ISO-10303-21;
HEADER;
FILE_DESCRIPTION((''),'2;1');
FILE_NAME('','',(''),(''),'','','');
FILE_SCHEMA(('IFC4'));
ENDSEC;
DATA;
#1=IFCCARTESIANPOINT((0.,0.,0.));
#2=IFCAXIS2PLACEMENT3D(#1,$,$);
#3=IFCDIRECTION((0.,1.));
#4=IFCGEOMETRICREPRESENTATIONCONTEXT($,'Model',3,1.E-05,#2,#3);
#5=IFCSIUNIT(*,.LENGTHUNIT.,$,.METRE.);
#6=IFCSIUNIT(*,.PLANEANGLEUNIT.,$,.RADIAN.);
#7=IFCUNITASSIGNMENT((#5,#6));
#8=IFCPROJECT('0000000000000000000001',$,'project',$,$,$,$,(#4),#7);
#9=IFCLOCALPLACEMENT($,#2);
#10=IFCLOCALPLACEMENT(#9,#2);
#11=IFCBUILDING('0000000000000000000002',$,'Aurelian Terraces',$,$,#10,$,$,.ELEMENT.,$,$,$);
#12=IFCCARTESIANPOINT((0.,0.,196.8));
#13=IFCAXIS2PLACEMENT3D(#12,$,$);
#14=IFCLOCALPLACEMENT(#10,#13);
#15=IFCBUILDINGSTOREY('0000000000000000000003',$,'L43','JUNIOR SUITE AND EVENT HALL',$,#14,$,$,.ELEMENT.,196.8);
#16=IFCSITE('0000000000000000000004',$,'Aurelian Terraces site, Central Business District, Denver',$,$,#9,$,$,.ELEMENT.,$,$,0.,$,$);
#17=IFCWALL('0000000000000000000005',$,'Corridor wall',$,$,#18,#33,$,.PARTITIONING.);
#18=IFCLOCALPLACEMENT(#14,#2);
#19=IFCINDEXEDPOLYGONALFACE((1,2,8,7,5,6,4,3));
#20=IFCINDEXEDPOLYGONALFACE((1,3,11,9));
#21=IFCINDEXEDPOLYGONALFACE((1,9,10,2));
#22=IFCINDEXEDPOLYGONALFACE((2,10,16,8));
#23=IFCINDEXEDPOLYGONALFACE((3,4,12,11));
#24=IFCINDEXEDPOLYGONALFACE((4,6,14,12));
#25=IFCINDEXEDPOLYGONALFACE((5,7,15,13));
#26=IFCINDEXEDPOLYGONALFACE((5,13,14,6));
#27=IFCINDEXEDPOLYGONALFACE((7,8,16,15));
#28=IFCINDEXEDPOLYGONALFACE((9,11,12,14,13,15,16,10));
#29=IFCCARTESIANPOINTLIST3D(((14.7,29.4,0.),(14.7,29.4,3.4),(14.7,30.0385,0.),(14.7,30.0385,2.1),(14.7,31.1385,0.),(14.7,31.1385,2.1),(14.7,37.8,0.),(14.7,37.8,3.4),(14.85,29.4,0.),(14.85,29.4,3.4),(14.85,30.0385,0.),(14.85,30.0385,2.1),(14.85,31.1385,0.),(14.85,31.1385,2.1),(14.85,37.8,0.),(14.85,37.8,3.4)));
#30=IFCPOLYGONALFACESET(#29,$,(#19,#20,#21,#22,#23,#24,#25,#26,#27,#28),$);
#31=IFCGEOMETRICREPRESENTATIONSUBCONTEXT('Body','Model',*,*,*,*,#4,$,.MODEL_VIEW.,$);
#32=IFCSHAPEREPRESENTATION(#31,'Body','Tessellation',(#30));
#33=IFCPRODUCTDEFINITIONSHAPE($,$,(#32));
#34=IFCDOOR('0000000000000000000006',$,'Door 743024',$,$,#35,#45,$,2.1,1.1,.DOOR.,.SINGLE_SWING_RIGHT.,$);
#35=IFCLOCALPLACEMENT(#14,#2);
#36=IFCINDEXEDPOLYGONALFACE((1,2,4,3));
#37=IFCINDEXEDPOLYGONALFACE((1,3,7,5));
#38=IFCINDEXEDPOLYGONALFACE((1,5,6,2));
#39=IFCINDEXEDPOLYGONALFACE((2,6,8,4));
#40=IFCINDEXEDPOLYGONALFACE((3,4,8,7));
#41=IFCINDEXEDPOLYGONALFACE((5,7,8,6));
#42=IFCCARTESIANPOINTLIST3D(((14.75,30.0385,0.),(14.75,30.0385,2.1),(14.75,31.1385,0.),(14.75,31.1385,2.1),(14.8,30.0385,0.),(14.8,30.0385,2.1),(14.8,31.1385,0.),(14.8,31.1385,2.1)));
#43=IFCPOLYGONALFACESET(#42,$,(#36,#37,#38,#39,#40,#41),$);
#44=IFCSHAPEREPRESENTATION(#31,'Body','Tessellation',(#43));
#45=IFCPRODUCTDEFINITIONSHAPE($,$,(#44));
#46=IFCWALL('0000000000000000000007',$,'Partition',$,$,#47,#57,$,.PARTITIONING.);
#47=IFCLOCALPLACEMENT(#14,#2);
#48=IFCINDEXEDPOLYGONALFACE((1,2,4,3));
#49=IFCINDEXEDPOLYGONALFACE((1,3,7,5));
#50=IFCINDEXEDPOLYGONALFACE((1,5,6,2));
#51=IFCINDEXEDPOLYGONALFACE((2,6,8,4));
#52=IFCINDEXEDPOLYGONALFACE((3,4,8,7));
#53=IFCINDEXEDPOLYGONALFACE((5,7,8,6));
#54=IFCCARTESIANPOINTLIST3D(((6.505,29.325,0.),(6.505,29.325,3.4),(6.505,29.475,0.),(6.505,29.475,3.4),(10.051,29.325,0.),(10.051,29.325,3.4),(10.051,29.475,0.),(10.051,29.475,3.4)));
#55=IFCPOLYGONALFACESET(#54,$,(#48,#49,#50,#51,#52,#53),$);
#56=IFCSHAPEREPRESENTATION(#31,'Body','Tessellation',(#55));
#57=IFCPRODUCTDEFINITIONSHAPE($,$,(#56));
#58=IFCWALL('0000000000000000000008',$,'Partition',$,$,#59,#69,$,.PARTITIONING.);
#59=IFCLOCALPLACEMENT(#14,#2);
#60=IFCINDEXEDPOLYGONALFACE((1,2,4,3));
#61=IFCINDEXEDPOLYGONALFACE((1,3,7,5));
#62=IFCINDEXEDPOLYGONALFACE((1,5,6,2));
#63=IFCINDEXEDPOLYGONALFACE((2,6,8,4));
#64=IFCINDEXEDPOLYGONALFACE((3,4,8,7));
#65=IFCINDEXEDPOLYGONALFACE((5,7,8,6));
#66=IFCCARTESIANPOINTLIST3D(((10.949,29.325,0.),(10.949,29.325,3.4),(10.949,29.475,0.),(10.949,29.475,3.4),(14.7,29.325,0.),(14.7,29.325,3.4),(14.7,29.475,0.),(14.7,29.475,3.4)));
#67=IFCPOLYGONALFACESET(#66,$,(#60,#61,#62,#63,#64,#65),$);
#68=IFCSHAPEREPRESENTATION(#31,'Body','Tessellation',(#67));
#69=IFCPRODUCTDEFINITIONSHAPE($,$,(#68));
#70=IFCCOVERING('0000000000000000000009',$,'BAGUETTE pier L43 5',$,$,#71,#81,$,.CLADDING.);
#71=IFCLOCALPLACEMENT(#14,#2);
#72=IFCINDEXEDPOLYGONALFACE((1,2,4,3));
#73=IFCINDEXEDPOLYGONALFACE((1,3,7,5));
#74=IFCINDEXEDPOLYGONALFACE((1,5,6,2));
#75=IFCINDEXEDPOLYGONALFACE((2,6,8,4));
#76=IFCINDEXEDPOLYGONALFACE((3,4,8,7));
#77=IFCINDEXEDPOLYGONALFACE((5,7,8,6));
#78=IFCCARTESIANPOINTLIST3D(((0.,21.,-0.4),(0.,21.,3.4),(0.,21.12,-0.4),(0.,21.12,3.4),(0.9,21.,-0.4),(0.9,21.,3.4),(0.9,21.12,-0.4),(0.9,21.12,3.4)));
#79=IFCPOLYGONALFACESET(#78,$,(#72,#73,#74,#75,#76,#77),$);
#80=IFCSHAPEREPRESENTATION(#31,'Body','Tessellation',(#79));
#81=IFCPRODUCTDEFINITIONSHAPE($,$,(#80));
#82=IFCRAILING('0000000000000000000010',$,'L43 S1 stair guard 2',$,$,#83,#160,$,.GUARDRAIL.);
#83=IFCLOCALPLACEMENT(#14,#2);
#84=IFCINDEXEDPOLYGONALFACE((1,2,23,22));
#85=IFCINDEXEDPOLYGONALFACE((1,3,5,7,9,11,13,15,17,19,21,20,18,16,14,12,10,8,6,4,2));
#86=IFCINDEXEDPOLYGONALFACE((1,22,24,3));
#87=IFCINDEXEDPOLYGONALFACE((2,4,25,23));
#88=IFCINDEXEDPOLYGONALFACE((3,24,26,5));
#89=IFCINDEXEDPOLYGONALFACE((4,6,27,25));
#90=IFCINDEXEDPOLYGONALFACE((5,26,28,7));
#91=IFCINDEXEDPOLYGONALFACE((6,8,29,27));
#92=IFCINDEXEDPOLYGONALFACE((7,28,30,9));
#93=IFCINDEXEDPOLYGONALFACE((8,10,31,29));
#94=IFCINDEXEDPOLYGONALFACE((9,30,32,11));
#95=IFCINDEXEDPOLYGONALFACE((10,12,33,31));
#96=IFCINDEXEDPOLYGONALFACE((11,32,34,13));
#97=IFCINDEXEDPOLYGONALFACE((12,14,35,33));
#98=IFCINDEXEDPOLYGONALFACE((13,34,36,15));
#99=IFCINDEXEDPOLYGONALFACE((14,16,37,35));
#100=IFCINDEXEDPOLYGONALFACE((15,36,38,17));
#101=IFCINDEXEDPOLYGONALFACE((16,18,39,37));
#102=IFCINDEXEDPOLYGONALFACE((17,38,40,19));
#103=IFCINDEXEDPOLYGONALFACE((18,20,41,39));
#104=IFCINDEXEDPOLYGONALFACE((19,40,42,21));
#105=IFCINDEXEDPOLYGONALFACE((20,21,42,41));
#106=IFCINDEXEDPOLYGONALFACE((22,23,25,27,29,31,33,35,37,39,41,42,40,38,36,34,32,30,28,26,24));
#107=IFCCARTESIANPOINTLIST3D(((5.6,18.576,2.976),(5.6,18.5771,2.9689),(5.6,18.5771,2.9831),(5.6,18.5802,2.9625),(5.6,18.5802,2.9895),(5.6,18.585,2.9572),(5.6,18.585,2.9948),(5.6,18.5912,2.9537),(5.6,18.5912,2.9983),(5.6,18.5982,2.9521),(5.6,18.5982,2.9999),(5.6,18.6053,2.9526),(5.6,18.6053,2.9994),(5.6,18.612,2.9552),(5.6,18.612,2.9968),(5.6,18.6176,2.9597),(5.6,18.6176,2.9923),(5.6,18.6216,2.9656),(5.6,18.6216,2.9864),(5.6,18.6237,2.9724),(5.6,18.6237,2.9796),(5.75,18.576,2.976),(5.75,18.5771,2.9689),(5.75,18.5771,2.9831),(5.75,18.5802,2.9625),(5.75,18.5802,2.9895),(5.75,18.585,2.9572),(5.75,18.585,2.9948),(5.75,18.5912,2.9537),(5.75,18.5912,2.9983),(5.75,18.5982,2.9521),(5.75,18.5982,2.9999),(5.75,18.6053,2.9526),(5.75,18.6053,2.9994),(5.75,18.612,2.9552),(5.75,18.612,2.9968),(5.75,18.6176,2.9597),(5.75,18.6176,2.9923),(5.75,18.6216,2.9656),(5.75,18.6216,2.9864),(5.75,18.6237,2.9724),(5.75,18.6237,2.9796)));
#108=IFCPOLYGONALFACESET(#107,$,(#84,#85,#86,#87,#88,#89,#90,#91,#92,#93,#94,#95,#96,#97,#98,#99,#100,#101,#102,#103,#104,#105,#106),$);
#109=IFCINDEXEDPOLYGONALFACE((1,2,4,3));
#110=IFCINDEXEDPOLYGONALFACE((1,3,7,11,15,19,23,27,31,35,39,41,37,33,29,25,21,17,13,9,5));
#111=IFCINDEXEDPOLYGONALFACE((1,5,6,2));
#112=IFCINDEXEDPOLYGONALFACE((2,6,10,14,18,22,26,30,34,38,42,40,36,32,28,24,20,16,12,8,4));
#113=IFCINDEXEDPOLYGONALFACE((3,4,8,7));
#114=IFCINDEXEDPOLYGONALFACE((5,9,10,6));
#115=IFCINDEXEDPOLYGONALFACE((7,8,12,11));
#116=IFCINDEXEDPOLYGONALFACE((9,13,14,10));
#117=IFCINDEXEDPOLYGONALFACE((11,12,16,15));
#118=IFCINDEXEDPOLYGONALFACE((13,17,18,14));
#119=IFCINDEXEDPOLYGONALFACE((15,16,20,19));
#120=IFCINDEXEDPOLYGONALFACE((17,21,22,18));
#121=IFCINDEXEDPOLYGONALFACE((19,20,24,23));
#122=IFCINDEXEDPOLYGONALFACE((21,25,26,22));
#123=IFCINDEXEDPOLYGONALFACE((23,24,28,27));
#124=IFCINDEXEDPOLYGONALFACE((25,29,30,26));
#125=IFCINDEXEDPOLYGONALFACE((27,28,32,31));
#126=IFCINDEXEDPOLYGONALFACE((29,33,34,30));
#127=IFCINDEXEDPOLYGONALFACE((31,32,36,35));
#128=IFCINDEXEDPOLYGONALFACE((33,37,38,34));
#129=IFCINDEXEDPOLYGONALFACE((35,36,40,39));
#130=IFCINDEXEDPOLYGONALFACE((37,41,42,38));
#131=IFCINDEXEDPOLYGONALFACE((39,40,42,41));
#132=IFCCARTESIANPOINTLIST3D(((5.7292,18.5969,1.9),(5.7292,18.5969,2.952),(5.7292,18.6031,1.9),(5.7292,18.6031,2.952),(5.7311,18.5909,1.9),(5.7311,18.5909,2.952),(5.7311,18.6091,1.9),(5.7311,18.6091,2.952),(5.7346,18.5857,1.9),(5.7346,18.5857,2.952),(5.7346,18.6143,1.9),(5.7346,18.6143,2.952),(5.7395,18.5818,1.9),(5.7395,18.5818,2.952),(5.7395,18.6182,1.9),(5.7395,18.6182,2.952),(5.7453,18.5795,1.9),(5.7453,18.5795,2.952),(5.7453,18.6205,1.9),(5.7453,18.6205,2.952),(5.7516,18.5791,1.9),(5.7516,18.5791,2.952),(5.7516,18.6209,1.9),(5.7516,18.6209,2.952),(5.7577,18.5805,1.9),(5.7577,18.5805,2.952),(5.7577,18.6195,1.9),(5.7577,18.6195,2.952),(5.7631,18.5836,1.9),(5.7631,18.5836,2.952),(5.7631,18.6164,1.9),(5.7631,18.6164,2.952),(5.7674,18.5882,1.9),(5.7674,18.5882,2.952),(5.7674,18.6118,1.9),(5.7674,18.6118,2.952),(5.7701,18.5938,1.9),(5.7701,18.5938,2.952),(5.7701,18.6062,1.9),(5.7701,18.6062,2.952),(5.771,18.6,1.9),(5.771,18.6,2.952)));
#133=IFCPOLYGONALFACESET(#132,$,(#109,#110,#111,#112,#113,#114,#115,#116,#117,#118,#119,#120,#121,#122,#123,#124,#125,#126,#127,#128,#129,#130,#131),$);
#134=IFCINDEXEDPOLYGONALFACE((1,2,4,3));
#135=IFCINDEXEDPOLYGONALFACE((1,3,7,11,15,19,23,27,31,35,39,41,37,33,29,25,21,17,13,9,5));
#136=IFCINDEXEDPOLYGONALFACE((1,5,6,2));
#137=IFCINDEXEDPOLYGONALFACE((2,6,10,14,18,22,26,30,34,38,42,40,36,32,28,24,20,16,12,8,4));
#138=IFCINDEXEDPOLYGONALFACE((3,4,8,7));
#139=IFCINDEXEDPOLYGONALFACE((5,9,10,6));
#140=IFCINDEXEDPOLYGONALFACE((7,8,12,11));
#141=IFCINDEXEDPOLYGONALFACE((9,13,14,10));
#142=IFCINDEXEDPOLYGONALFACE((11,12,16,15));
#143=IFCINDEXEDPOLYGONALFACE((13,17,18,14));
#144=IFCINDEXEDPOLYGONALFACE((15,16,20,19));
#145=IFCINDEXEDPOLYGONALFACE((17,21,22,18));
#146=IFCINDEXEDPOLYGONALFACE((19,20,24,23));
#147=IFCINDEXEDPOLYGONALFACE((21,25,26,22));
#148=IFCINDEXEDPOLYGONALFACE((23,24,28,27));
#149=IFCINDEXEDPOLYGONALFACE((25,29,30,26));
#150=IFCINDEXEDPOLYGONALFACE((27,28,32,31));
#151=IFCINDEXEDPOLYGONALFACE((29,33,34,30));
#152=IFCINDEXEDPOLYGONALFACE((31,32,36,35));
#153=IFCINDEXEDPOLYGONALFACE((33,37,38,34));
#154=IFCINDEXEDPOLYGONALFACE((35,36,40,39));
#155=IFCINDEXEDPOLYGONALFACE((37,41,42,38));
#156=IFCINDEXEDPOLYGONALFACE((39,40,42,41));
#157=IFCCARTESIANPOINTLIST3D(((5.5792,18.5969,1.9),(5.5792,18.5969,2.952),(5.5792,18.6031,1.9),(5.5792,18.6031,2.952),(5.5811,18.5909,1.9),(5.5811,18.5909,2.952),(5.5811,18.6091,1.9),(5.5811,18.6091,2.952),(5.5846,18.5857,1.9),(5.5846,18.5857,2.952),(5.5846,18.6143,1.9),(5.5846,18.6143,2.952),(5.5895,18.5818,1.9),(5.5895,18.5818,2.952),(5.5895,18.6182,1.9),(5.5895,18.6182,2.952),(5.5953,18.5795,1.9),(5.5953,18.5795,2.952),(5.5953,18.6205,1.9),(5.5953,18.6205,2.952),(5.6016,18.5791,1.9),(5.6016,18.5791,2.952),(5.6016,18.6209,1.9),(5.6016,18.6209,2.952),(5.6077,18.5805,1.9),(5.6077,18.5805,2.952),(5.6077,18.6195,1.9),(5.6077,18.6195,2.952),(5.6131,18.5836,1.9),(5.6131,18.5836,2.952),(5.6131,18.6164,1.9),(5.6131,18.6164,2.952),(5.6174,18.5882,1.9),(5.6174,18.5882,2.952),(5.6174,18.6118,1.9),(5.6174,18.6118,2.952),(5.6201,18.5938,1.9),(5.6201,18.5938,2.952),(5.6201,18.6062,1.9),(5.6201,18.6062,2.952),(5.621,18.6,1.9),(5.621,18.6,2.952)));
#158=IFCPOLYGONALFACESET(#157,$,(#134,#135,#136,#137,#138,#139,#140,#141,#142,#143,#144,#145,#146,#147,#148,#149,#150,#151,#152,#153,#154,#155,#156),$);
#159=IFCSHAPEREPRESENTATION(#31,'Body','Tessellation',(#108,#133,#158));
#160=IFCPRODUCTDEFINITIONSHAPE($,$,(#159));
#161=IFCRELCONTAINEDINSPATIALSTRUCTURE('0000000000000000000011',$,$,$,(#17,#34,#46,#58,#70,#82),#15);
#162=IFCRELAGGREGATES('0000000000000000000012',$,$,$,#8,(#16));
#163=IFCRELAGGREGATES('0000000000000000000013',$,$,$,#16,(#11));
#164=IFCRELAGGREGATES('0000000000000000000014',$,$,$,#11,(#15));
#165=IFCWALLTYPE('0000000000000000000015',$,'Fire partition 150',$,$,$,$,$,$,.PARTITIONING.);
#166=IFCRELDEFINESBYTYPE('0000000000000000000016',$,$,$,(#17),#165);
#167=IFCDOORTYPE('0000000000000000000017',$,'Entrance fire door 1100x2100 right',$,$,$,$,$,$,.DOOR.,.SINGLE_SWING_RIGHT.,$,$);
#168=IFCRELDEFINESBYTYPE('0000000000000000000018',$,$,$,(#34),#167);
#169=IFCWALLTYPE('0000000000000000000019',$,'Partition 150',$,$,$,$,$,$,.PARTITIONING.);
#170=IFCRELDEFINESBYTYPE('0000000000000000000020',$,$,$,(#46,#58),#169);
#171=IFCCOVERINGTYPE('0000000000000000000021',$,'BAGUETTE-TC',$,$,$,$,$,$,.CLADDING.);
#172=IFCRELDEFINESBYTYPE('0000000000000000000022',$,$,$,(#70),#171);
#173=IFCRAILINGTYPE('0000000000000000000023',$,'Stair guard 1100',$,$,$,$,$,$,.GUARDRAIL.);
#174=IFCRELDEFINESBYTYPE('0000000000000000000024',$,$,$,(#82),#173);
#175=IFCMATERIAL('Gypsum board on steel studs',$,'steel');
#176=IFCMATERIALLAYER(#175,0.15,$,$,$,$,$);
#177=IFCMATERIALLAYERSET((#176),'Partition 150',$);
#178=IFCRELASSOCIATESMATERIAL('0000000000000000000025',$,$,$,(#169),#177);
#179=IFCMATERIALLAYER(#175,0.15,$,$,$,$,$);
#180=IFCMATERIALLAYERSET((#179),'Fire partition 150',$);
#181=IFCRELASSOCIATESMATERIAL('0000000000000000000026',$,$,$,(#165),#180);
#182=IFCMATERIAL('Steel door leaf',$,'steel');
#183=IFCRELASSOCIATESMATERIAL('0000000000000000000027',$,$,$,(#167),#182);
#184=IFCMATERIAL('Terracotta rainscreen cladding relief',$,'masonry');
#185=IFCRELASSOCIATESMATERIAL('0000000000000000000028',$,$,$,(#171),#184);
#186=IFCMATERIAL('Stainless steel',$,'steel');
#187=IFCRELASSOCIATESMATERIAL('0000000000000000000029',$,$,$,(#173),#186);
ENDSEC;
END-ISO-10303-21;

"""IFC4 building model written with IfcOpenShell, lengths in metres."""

from ifc_helpers import new_model, si_unit, direction, frame, frame_2d, origin, origin_2d, place, context, subcontext, project, spatial, rectangle, circle, extrude, source, transform, mapped, material, layer, layer_set, type_object, element, fill, save


model = new_model("IFC4")

# Units and contexts
model_context = context("Model", 3, precision=1e-05, world=origin(), true_north=direction((0.0, 1.0)))
body_context = subcontext(model_context, "Body", "Model", "MODEL_VIEW")
ifc_project = project(units=[si_unit("LENGTHUNIT", "METRE"), si_unit("PLANEANGLEUNIT", "RADIAN")], contexts=[model_context])

# Site, building, storey
site_placement = place(None, origin())
site = spatial("IfcSite", under=ifc_project, at=site_placement, Name="Aurelian Terraces site, Central Business District, Denver", CompositionType="ELEMENT", RefElevation=0.0)
building_placement = place(site_placement, origin())
building = spatial("IfcBuilding", under=site, at=building_placement, Name="Aurelian Terraces", CompositionType="ELEMENT")
storey_placement = place(building_placement, frame((0.0, 0.0, 196.8)))
storey = spatial("IfcBuildingStorey", under=building, at=storey_placement, Name="L43", Description="JUNIOR SUITE AND EVENT HALL", CompositionType="ELEMENT", Elevation=196.8)

# Shared definitions
ifc_material_1 = material(Name="Gypsum board on steel studs", Category="steel")
ifc_layer_1 = layer(ifc_material_1, 0.15)
ifc_layer_set_1 = layer_set([ifc_layer_1], Name="Partition 150")
wall_type_1 = type_object("IfcWallType", Name="Partition 150", PredefinedType="PARTITIONING", material=ifc_layer_set_1)

# Shared definitions
ifc_material_2 = material(Name="Steel door leaf", Category="steel")

# Shared definitions
ifc_layer_2 = layer(ifc_material_1, 0.15)
ifc_layer_set_2 = layer_set([ifc_layer_2], Name="Fire partition 150")
wall_type_2 = type_object("IfcWallType", Name="Fire partition 150", PredefinedType="PARTITIONING", material=ifc_layer_set_2)

# Shared definitions
shared_shape_1 = source(origin(), body_context, "Body", "SweptSolid", [
    extrude(rectangle(XDim=8.4, YDim=0.15, at=frame_2d((4.2, 0.0))), origin(), (0.0, 0.0, 1.0), 3.4),
])
shared_shape_2 = source(origin(), body_context, "Body", "SweptSolid", [
    extrude(rectangle(XDim=1.1, YDim=2.1, at=frame_2d((0.55, 1.05))), frame((0.0, 0.085, 0.0), z_axis=(0.0, -1.0, 0.0), x_axis=(1.0, 0.0, 0.0)), (0.0, 0.0, 1.0), 0.17),
])
shared_shape_3 = source(origin(), body_context, "Body", "SweptSolid", [
    extrude(rectangle(XDim=1.1, YDim=2.1, at=frame_2d((0.55, 1.05))), frame((0.0, 0.025, 0.0), z_axis=(0.0, -1.0, 0.0), x_axis=(1.0, 0.0, 0.0)), (0.0, 0.0, 1.0), 0.05),
])

# Wall, opening, door
wall_1_placement = place(storey_placement, frame((14.775, 29.4, 0.0), z_axis=(0.0, 0.0, 1.0), x_axis=(0.0, 1.0, 0.0)))
wall_1 = element("IfcWall", 1, at=wall_1_placement, inside=storey, type_object=wall_type_2, Name="Corridor wall", PredefinedType="PARTITIONING", context=body_context, shape_type="MappedRepresentation", body=[
    mapped(shared_shape_1, transform((0.0, 0.0, 0.0), scale=1.0)),
])
opening_1_placement = place(wall_1_placement, frame((0.6385, 0.0, 0.0)))
opening_1 = element("IfcOpeningElement", 2, at=opening_1_placement, cuts=wall_1, PredefinedType="OPENING", context=body_context, shape_type="MappedRepresentation", body=[
    mapped(shared_shape_2, transform((0.0, 0.0, 0.0), scale=1.0)),
])
door_type_1 = type_object("IfcDoorType", Name="Entrance fire door 1100x2100 right", OperationType="SINGLE_SWING_RIGHT", PredefinedType="DOOR", material=ifc_material_2)
door_1_placement = place(opening_1_placement, origin())
door_1 = element("IfcDoor", 3, at=door_1_placement, inside=storey, type_object=door_type_1, Name="Door 743024", OperationType="SINGLE_SWING_RIGHT", OverallHeight=2.1, OverallWidth=1.1, PredefinedType="DOOR", context=body_context, shape_type="MappedRepresentation", body=[
    mapped(shared_shape_3, transform((0.0, 0.0, 0.0), scale=1.0)),
])
fill(opening_1, door_1)

# Walls
shared_shape_4 = source(origin(), body_context, "Body", "SweptSolid", [
    extrude(rectangle(XDim=3.546, YDim=0.15, at=frame_2d((1.773, 0.0))), origin(), (0.0, 0.0, 1.0), 3.4),
])
wall_2_placement = place(storey_placement, frame((10.051, 29.4, 0.0), z_axis=(0.0, 0.0, 1.0), x_axis=(-1.0, 0.0, 0.0)))
element("IfcWall", 4, at=wall_2_placement, inside=storey, type_object=wall_type_1, Name="Partition", PredefinedType="PARTITIONING", context=body_context, shape_type="MappedRepresentation", body=[
    mapped(shared_shape_4, transform((0.0, 0.0, 0.0), scale=1.0)),
])
shared_shape_5 = source(origin(), body_context, "Body", "SweptSolid", [
    extrude(rectangle(XDim=3.751, YDim=0.15, at=frame_2d((1.8755, 0.0))), origin(), (0.0, 0.0, 1.0), 3.4),
])
wall_3_placement = place(storey_placement, frame((14.7, 29.4, 0.0), z_axis=(0.0, 0.0, 1.0), x_axis=(-1.0, 0.0, 0.0)))
element("IfcWall", 5, at=wall_3_placement, inside=storey, type_object=wall_type_1, Name="Partition", PredefinedType="PARTITIONING", context=body_context, shape_type="MappedRepresentation", body=[
    mapped(shared_shape_5, transform((0.0, 0.0, 0.0), scale=1.0)),
])

# Covering
ifc_material_3 = material(Name="Terracotta rainscreen cladding relief", Category="masonry")
covering_type = type_object("IfcCoveringType", Name="BAGUETTE-TC", PredefinedType="CLADDING", material=ifc_material_3)
shared_shape_6 = source(origin(), body_context, "Body", "SweptSolid", [
    extrude(rectangle(XDim=0.9, YDim=0.12, at=origin_2d()), origin(), (0.0, 0.0, 1.0), 3.8),
])
covering_placement = place(storey_placement, frame((0.45, 21.06, -0.4), z_axis=(0.0, 0.0, 1.0), x_axis=(1.0, 0.0, 0.0)))
element("IfcCovering", 6, at=covering_placement, inside=storey, type_object=covering_type, Name="BAGUETTE pier L43 5", PredefinedType="CLADDING", context=body_context, shape_type="MappedRepresentation", body=[
    mapped(shared_shape_6, transform((0.0, 0.0, 0.0), scale=1.0)),
])

# Railing
ifc_material_4 = material(Name="Stainless steel", Category="steel")
railing_type = type_object("IfcRailingType", Name="Stair guard 1100", PredefinedType="GUARDRAIL", material=ifc_material_4)
shared_shape_7 = source(origin(), body_context, "Body", "SweptSolid", [
    extrude(circle(Radius=0.024, at=origin_2d()), frame((0.0, 0.0, 1.076), z_axis=(-1.0, 0.0, 0.0), x_axis=(0.0, -1.0, 0.0)), (0.0, 0.0, 1.0), 0.15),
    extrude(circle(Radius=0.021, at=origin_2d()), origin(), (0.0, 0.0, 1.0), 1.052),
    extrude(circle(Radius=0.021, at=origin_2d()), frame((-0.15, 0.0, 0.0)), (0.0, 0.0, 1.0), 1.052),
])
railing_placement = place(storey_placement, frame((5.75, 18.6, 1.9)))
element("IfcRailing", 7, at=railing_placement, inside=storey, type_object=railing_type, Name="L43 S1 stair guard 2", PredefinedType="GUARDRAIL", context=body_context, shape_type="MappedRepresentation", body=[
    mapped(shared_shape_7, transform((0.0, 0.0, 0.0), scale=1.0)),
])

save(model, "model.ifc")
